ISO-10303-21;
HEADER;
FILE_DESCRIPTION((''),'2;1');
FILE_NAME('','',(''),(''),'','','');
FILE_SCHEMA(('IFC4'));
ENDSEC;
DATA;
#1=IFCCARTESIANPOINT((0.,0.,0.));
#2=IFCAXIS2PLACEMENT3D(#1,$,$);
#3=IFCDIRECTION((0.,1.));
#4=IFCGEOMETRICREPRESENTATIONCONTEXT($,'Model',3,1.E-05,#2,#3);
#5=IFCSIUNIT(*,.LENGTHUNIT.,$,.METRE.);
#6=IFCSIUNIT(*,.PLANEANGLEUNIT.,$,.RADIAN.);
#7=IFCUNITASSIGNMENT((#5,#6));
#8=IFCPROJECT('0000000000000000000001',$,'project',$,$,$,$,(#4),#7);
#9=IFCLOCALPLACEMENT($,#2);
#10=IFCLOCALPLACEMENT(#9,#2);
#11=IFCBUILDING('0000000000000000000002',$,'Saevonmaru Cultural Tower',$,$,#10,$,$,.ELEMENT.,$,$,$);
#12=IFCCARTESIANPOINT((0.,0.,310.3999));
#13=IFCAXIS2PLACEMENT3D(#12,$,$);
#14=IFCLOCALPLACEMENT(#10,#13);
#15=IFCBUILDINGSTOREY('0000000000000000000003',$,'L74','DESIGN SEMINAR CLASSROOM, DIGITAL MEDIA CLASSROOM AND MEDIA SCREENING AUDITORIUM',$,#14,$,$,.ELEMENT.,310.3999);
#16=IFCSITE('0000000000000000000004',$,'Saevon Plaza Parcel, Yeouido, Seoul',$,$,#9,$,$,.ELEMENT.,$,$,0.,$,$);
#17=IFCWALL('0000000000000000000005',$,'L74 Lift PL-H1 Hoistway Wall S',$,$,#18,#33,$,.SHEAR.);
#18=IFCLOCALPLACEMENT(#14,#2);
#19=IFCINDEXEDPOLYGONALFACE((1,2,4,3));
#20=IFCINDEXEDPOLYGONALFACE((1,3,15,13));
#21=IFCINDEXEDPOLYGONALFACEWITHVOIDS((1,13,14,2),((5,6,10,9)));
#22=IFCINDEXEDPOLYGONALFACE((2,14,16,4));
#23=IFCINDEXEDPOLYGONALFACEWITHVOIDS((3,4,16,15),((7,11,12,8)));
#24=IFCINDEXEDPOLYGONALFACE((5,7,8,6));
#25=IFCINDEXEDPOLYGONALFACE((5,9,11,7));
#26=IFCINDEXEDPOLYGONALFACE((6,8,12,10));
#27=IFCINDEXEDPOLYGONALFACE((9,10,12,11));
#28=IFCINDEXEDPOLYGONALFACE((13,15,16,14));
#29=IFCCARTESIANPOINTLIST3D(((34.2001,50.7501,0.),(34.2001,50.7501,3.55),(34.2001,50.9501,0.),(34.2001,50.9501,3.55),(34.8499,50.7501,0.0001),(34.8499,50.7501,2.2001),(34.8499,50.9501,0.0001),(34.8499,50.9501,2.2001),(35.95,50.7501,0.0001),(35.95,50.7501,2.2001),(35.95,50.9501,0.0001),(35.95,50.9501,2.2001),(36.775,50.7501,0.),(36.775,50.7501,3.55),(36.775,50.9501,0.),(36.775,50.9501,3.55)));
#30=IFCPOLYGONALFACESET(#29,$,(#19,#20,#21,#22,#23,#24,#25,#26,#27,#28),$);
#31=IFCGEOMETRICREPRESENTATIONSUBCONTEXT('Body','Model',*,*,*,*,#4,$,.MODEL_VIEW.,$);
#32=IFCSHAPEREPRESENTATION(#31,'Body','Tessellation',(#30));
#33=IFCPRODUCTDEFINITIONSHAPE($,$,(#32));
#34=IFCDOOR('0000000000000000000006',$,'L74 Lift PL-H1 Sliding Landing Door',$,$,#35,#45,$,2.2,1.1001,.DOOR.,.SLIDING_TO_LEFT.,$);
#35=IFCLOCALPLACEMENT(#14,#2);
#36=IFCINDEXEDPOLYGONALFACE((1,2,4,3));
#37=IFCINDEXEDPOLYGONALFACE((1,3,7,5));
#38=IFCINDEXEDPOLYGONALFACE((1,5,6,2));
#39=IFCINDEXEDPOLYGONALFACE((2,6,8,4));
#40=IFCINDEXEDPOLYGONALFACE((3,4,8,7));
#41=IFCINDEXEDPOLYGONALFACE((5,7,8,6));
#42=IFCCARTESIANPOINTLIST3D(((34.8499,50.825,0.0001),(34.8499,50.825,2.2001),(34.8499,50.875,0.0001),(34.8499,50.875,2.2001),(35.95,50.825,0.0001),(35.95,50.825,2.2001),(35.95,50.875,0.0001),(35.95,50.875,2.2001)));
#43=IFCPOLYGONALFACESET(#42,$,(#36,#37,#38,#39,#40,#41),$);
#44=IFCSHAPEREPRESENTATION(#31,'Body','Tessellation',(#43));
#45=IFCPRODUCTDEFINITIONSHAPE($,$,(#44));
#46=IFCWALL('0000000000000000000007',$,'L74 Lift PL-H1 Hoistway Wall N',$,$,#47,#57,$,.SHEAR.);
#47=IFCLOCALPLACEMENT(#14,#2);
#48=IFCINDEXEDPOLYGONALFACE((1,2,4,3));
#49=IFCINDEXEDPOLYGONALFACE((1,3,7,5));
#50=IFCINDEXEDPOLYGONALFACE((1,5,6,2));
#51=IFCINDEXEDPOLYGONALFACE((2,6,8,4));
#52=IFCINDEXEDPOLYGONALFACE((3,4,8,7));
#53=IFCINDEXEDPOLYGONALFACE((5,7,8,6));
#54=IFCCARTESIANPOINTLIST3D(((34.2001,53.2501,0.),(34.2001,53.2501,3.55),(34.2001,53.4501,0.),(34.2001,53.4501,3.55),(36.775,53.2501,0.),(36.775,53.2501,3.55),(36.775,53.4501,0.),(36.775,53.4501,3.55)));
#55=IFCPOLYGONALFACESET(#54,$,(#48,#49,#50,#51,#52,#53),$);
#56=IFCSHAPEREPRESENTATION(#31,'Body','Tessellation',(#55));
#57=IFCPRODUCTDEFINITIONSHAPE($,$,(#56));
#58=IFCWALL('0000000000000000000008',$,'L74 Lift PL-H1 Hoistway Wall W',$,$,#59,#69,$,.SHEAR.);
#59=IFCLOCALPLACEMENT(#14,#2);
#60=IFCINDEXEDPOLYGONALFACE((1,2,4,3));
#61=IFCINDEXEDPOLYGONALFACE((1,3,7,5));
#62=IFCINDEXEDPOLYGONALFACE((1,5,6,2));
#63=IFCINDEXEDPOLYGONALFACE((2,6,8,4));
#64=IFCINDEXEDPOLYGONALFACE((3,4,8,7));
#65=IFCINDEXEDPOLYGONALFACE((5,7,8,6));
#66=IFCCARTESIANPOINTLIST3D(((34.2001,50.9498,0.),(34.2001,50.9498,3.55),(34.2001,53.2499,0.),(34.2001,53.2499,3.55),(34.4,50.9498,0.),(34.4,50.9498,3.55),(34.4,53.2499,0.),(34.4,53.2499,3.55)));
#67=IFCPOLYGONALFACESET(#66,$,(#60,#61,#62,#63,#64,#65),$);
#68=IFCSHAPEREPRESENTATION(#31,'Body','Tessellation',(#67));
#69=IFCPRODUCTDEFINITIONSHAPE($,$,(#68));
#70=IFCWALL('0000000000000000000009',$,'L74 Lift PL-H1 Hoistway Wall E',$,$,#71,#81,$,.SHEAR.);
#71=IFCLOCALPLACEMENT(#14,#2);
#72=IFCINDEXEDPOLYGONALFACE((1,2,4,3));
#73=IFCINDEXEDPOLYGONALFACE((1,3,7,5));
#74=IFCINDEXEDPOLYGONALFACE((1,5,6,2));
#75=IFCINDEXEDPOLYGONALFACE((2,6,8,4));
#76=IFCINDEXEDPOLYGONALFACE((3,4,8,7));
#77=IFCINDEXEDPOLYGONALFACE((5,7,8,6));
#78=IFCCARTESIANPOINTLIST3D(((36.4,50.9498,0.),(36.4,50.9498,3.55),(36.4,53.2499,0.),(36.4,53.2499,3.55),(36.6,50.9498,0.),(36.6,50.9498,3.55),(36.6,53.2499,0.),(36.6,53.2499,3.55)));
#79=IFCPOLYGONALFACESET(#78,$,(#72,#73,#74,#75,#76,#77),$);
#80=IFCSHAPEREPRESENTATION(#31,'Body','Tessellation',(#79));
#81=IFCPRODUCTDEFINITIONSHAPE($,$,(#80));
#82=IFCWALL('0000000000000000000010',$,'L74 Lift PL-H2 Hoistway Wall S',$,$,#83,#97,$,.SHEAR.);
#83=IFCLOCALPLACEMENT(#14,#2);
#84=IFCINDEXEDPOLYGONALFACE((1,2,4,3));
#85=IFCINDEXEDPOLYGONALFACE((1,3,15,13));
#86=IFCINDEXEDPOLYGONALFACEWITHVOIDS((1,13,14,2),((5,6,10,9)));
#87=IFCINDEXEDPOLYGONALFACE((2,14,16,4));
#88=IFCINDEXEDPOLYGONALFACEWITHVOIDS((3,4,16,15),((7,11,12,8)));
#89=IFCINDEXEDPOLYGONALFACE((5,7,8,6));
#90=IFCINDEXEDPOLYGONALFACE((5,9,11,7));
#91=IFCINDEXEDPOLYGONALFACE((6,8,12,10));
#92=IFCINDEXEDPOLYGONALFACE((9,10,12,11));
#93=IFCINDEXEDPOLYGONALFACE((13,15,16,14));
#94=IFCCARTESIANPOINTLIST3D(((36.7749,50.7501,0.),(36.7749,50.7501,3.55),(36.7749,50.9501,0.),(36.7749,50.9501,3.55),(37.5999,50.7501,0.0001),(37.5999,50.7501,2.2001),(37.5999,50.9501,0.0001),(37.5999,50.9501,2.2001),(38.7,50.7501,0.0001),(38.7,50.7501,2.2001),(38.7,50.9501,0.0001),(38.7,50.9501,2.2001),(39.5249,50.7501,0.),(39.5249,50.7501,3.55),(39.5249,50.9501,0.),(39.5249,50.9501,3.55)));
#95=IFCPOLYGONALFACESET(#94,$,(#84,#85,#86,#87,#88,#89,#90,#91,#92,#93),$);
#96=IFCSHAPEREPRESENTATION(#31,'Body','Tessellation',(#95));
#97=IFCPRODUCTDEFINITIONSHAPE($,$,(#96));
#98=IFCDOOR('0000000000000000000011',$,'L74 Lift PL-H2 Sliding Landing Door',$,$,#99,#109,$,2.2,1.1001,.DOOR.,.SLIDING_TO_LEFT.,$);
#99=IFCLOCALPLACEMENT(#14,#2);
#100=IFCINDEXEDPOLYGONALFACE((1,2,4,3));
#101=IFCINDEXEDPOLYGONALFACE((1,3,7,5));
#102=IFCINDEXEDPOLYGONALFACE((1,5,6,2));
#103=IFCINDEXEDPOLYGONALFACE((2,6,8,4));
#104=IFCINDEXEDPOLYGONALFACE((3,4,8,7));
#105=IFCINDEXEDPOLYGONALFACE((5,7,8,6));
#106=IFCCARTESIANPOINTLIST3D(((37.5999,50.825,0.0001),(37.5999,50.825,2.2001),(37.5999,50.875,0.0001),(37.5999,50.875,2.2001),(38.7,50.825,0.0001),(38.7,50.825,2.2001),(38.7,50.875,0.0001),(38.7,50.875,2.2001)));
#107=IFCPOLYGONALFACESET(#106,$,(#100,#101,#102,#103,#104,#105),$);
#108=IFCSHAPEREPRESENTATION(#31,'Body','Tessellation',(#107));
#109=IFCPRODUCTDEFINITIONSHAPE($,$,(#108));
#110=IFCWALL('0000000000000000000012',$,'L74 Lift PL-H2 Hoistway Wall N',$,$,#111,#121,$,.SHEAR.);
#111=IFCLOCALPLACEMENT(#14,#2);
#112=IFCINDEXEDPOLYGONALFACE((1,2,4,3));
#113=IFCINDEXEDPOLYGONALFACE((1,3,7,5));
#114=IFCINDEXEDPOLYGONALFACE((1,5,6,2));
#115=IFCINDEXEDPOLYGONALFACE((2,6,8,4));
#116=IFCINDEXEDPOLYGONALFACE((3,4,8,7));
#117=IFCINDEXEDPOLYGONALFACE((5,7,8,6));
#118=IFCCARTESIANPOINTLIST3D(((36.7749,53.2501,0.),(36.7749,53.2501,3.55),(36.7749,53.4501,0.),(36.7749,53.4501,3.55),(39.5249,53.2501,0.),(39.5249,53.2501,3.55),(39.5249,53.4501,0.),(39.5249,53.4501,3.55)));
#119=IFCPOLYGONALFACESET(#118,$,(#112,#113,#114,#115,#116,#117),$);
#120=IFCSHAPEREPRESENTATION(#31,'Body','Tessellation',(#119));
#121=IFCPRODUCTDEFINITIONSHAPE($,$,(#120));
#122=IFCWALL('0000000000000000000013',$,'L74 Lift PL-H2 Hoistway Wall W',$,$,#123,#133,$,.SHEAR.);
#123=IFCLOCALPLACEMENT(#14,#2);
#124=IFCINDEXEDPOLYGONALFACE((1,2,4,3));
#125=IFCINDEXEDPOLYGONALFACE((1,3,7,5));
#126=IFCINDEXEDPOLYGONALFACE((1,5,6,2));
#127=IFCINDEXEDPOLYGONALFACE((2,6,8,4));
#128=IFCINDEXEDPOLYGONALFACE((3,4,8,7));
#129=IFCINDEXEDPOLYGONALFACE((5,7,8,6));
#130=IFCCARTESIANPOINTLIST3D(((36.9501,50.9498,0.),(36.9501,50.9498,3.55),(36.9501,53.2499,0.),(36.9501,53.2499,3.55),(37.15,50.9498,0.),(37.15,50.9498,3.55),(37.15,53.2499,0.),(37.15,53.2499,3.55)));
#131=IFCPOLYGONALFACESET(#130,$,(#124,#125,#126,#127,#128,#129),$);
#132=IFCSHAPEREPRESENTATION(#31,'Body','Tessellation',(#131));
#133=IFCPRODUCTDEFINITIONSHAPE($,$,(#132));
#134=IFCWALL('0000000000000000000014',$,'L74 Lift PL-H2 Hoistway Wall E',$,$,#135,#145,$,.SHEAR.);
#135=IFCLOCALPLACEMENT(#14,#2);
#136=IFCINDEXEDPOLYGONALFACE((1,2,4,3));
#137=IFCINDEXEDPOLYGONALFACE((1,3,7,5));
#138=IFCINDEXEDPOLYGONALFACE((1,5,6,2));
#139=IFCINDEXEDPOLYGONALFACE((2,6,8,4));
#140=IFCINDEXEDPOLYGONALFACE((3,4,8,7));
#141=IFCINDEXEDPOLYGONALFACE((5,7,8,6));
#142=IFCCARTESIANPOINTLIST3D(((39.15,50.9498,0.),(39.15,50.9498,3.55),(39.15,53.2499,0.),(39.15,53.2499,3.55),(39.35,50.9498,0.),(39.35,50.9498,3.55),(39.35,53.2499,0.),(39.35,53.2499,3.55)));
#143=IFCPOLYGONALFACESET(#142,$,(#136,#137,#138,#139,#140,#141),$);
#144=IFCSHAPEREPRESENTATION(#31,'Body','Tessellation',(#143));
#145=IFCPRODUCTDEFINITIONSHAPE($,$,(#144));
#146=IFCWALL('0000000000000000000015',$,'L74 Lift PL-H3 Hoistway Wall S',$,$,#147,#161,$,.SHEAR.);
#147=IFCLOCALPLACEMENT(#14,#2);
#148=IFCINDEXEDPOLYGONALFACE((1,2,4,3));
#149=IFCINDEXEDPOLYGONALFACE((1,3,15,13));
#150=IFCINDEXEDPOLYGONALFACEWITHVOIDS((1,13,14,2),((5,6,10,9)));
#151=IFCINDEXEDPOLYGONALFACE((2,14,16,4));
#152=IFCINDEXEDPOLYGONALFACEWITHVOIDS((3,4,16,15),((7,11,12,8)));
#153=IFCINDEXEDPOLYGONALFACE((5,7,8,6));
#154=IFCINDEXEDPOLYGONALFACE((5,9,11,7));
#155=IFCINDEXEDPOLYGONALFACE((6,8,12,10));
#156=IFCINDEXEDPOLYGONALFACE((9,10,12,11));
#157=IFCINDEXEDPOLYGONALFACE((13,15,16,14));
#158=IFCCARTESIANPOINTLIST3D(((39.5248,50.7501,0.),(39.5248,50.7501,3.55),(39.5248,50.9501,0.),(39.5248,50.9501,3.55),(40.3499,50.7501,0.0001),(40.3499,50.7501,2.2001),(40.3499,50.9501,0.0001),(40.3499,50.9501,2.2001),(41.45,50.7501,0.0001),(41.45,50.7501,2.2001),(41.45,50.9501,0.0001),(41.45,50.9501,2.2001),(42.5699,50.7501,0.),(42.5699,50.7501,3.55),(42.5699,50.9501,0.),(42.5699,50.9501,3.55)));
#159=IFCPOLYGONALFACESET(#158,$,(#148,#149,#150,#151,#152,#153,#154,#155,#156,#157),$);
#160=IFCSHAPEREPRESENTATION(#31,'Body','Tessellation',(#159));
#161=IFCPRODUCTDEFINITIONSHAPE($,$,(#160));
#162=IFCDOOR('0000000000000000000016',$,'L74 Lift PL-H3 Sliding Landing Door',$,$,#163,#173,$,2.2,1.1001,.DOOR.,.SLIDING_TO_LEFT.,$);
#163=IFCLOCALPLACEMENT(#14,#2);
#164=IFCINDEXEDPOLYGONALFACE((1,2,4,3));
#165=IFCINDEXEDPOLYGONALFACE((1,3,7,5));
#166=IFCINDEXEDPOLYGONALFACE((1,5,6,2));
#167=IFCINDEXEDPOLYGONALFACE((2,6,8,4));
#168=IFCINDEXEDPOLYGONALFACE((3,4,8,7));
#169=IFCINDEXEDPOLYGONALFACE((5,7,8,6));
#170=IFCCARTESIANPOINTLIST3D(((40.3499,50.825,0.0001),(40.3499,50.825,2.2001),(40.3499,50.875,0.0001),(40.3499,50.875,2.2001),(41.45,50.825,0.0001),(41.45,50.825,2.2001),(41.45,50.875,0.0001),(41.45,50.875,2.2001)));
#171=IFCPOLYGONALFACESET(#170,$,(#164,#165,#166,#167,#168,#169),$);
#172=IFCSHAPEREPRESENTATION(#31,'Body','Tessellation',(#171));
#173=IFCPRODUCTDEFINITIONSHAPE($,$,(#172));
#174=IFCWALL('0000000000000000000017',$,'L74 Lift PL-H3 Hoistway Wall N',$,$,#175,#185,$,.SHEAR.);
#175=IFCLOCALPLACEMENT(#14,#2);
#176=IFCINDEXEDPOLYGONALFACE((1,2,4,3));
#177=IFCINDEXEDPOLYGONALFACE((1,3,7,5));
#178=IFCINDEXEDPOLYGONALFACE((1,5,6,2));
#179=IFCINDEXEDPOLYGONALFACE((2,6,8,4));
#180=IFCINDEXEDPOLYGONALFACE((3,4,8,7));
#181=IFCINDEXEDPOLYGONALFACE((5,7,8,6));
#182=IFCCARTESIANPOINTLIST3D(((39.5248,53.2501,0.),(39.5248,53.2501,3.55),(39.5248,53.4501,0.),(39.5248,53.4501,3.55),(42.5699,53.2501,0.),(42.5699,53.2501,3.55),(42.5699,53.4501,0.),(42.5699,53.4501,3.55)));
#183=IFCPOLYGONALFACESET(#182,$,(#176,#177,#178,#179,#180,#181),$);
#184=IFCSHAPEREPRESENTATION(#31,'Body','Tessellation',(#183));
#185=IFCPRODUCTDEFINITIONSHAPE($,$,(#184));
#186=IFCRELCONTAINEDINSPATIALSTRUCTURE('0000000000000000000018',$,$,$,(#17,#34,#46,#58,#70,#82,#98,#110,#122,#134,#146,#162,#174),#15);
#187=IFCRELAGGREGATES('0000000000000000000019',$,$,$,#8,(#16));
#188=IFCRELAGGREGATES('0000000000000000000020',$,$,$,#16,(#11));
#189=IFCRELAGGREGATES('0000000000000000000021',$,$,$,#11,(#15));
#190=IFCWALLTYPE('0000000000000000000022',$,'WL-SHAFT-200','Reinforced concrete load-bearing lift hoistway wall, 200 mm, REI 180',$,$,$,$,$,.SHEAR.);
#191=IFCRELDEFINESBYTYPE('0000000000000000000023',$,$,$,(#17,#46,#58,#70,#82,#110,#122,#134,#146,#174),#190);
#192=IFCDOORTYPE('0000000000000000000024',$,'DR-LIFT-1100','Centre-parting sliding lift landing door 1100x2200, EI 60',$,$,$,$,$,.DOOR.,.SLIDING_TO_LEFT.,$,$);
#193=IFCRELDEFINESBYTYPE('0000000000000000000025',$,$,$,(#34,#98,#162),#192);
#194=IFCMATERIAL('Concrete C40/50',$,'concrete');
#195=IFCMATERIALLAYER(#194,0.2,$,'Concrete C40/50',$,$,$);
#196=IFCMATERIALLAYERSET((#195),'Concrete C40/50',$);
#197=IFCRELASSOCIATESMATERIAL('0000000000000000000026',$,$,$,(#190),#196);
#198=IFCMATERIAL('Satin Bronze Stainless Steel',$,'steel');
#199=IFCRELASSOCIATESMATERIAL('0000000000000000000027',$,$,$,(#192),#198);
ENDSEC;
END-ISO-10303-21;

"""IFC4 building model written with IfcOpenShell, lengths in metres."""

from ifc_helpers import new_model, si_unit, direction, frame, frame_2d, origin, place, context, subcontext, project, spatial, rectangle, extrude, material, layer, layer_set, type_object, element, fill, save


model = new_model("IFC4")

# Units and contexts
model_context = context("Model", 3, precision=1e-05, world=origin(), true_north=direction((0.0, 1.0)))
body_context = subcontext(model_context, "Body", "Model", "MODEL_VIEW")
ifc_project = project(units=[si_unit("LENGTHUNIT", "METRE"), si_unit("PLANEANGLEUNIT", "RADIAN")], contexts=[model_context])

# Site, building, storey
site_placement = place(None, origin())
site = spatial("IfcSite", under=ifc_project, at=site_placement, Name="Saevon Plaza Parcel, Yeouido, Seoul", CompositionType="ELEMENT", RefElevation=0.0)
building_placement = place(site_placement, origin())
building = spatial("IfcBuilding", under=site, at=building_placement, Name="Saevonmaru Cultural Tower", CompositionType="ELEMENT")
storey_placement = place(building_placement, frame((0.0, 0.0, 310.3999)))
storey = spatial("IfcBuildingStorey", under=building, at=storey_placement, Name="L74", Description="DESIGN SEMINAR CLASSROOM, DIGITAL MEDIA CLASSROOM AND MEDIA SCREENING AUDITORIUM", CompositionType="ELEMENT", Elevation=310.3999)

# Wall, opening, door
ifc_material_1 = material(Name="Concrete C40/50", Category="concrete")
ifc_layer_1 = layer(ifc_material_1, 0.2, Name="Concrete C40/50")
ifc_layer_set_1 = layer_set([ifc_layer_1], Name="Concrete C40/50")
wall_type_1 = type_object("IfcWallType", Name="WL-SHAFT-200", Description="Reinforced concrete load-bearing lift hoistway wall, 200 mm, REI 180", PredefinedType="SHEAR", material=ifc_layer_set_1)
wall_1_placement = place(storey_placement, frame((34.2, 50.8501, 0.0), z_axis=(0.0, 0.0, 1.0), x_axis=(1.0, 0.0, 0.0)))
wall_1 = element("IfcWall", 1, at=wall_1_placement, inside=storey, type_object=wall_type_1, Name="L74 Lift PL-H1 Hoistway Wall S", PredefinedType="SHEAR", context=body_context, shape_type="SweptSolid", body=[
    extrude(rectangle(XDim=2.575, YDim=0.2, at=frame_2d((1.2876, 0.0))), origin(), (0.0, 0.0, 1.0), 3.55),
])
opening_1_placement = place(wall_1_placement, frame((0.6499, 0.0, 0.0)))
opening_1 = element("IfcOpeningElement", 2, at=opening_1_placement, cuts=wall_1, PredefinedType="OPENING", context=body_context, shape_type="SweptSolid", body=[
    extrude(rectangle(XDim=1.1001, YDim=2.2, at=frame_2d((0.55, 1.1001))), frame((0.0, 0.1099, 0.0), z_axis=(0.0, -1.0, 0.0), x_axis=(1.0, 0.0, 0.0)), (0.0, 0.0, 1.0), 0.22),
])
ifc_material_2 = material(Name="Satin Bronze Stainless Steel", Category="steel")
door_type_1 = type_object("IfcDoorType", Name="DR-LIFT-1100", Description="Centre-parting sliding lift landing door 1100x2200, EI 60", OperationType="SLIDING_TO_LEFT", PredefinedType="DOOR", material=ifc_material_2)
door_1_placement = place(opening_1_placement, origin())
door_1 = element("IfcDoor", 3, at=door_1_placement, inside=storey, type_object=door_type_1, Name="L74 Lift PL-H1 Sliding Landing Door", OperationType="SLIDING_TO_LEFT", OverallHeight=2.2, OverallWidth=1.1001, PredefinedType="DOOR", context=body_context, shape_type="SweptSolid", body=[
    extrude(rectangle(XDim=1.1001, YDim=2.2, at=frame_2d((0.55, 1.1001))), frame((0.0, 0.0249, 0.0), z_axis=(0.0, -1.0, 0.0), x_axis=(1.0, 0.0, 0.0)), (0.0, 0.0, 1.0), 0.05),
])
fill(opening_1, door_1)

# Walls
wall_2_placement = place(storey_placement, frame((34.2, 53.3501, 0.0), z_axis=(0.0, 0.0, 1.0), x_axis=(1.0, 0.0, 0.0)))
element("IfcWall", 4, at=wall_2_placement, inside=storey, type_object=wall_type_1, Name="L74 Lift PL-H1 Hoistway Wall N", PredefinedType="SHEAR", context=body_context, shape_type="SweptSolid", body=[
    extrude(rectangle(XDim=2.575, YDim=0.2, at=frame_2d((1.2876, 0.0))), origin(), (0.0, 0.0, 1.0), 3.55),
])
for number, where, z_axis, x_axis, name in (
    (5, (34.3, 50.95, 0.0), (0.0, 0.0, 1.0), (0.0, 1.0, 0.0), "L74 Lift PL-H1 Hoistway Wall W"),
    (6, (36.5, 50.95, 0.0), (0.0, 0.0, 1.0), (0.0, 1.0, 0.0), "L74 Lift PL-H1 Hoistway Wall E"),
):
    element("IfcWall", number, at=place(storey_placement, frame(where, z_axis=z_axis, x_axis=x_axis)), inside=storey, type_object=wall_type_1, Name=name, PredefinedType="SHEAR", context=body_context, shape_type="SweptSolid", body=[
        extrude(rectangle(XDim=2.3, YDim=0.2, at=frame_2d((1.1499, 0.0))), origin(), (0.0, 0.0, 1.0), 3.55),
    ])

# Wall, opening, door
wall_3_placement = place(storey_placement, frame((36.7749, 50.8501, 0.0), z_axis=(0.0, 0.0, 1.0), x_axis=(1.0, 0.0, 0.0)))
wall_3 = element("IfcWall", 7, at=wall_3_placement, inside=storey, type_object=wall_type_1, Name="L74 Lift PL-H2 Hoistway Wall S", PredefinedType="SHEAR", context=body_context, shape_type="SweptSolid", body=[
    extrude(rectangle(XDim=2.75, YDim=0.2, at=frame_2d((1.375, 0.0))), origin(), (0.0, 0.0, 1.0), 3.55),
])
opening_2_placement = place(wall_3_placement, frame((0.825, 0.0, 0.0)))
opening_2 = element("IfcOpeningElement", 8, at=opening_2_placement, cuts=wall_3, PredefinedType="OPENING", context=body_context, shape_type="SweptSolid", body=[
    extrude(rectangle(XDim=1.1001, YDim=2.2, at=frame_2d((0.55, 1.1001))), frame((0.0, 0.1099, 0.0), z_axis=(0.0, -1.0, 0.0), x_axis=(1.0, 0.0, 0.0)), (0.0, 0.0, 1.0), 0.22),
])
door_2_placement = place(opening_2_placement, origin())
door_2 = element("IfcDoor", 9, at=door_2_placement, inside=storey, type_object=door_type_1, Name="L74 Lift PL-H2 Sliding Landing Door", OperationType="SLIDING_TO_LEFT", OverallHeight=2.2, OverallWidth=1.1001, PredefinedType="DOOR", context=body_context, shape_type="SweptSolid", body=[
    extrude(rectangle(XDim=1.1001, YDim=2.2, at=frame_2d((0.55, 1.1001))), frame((0.0, 0.0249, 0.0), z_axis=(0.0, -1.0, 0.0), x_axis=(1.0, 0.0, 0.0)), (0.0, 0.0, 1.0), 0.05),
])
fill(opening_2, door_2)

# Walls
wall_4_placement = place(storey_placement, frame((36.7749, 53.3501, 0.0), z_axis=(0.0, 0.0, 1.0), x_axis=(1.0, 0.0, 0.0)))
element("IfcWall", 10, at=wall_4_placement, inside=storey, type_object=wall_type_1, Name="L74 Lift PL-H2 Hoistway Wall N", PredefinedType="SHEAR", context=body_context, shape_type="SweptSolid", body=[
    extrude(rectangle(XDim=2.75, YDim=0.2, at=frame_2d((1.375, 0.0))), origin(), (0.0, 0.0, 1.0), 3.55),
])
for number, where, z_axis, x_axis, name in (
    (11, (37.05, 50.95, 0.0), (0.0, 0.0, 1.0), (0.0, 1.0, 0.0), "L74 Lift PL-H2 Hoistway Wall W"),
    (12, (39.25, 50.95, 0.0), (0.0, 0.0, 1.0), (0.0, 1.0, 0.0), "L74 Lift PL-H2 Hoistway Wall E"),
):
    element("IfcWall", number, at=place(storey_placement, frame(where, z_axis=z_axis, x_axis=x_axis)), inside=storey, type_object=wall_type_1, Name=name, PredefinedType="SHEAR", context=body_context, shape_type="SweptSolid", body=[
        extrude(rectangle(XDim=2.3, YDim=0.2, at=frame_2d((1.1499, 0.0))), origin(), (0.0, 0.0, 1.0), 3.55),
    ])

# Wall, opening, door
wall_5_placement = place(storey_placement, frame((39.5249, 50.8501, 0.0), z_axis=(0.0, 0.0, 1.0), x_axis=(1.0, 0.0, 0.0)))
wall_5 = element("IfcWall", 13, at=wall_5_placement, inside=storey, type_object=wall_type_1, Name="L74 Lift PL-H3 Hoistway Wall S", PredefinedType="SHEAR", context=body_context, shape_type="SweptSolid", body=[
    extrude(rectangle(XDim=3.0452, YDim=0.2, at=frame_2d((1.5225, 0.0))), origin(), (0.0, 0.0, 1.0), 3.55),
])
opening_3_placement = place(wall_5_placement, frame((0.825, 0.0, 0.0)))
opening_3 = element("IfcOpeningElement", 14, at=opening_3_placement, cuts=wall_5, PredefinedType="OPENING", context=body_context, shape_type="SweptSolid", body=[
    extrude(rectangle(XDim=1.1001, YDim=2.2, at=frame_2d((0.55, 1.1001))), frame((0.0, 0.1099, 0.0), z_axis=(0.0, -1.0, 0.0), x_axis=(1.0, 0.0, 0.0)), (0.0, 0.0, 1.0), 0.22),
])
door_3_placement = place(opening_3_placement, origin())
door_3 = element("IfcDoor", 15, at=door_3_placement, inside=storey, type_object=door_type_1, Name="L74 Lift PL-H3 Sliding Landing Door", OperationType="SLIDING_TO_LEFT", OverallHeight=2.2, OverallWidth=1.1001, PredefinedType="DOOR", context=body_context, shape_type="SweptSolid", body=[
    extrude(rectangle(XDim=1.1001, YDim=2.2, at=frame_2d((0.55, 1.1001))), frame((0.0, 0.0249, 0.0), z_axis=(0.0, -1.0, 0.0), x_axis=(1.0, 0.0, 0.0)), (0.0, 0.0, 1.0), 0.05),
])
fill(opening_3, door_3)

# Wall
wall_6_placement = place(storey_placement, frame((39.5249, 53.3501, 0.0), z_axis=(0.0, 0.0, 1.0), x_axis=(1.0, 0.0, 0.0)))
element("IfcWall", 16, at=wall_6_placement, inside=storey, type_object=wall_type_1, Name="L74 Lift PL-H3 Hoistway Wall N", PredefinedType="SHEAR", context=body_context, shape_type="SweptSolid", body=[
    extrude(rectangle(XDim=3.0452, YDim=0.2, at=frame_2d((1.5225, 0.0))), origin(), (0.0, 0.0, 1.0), 3.55),
])

save(model, "model.ifc")
